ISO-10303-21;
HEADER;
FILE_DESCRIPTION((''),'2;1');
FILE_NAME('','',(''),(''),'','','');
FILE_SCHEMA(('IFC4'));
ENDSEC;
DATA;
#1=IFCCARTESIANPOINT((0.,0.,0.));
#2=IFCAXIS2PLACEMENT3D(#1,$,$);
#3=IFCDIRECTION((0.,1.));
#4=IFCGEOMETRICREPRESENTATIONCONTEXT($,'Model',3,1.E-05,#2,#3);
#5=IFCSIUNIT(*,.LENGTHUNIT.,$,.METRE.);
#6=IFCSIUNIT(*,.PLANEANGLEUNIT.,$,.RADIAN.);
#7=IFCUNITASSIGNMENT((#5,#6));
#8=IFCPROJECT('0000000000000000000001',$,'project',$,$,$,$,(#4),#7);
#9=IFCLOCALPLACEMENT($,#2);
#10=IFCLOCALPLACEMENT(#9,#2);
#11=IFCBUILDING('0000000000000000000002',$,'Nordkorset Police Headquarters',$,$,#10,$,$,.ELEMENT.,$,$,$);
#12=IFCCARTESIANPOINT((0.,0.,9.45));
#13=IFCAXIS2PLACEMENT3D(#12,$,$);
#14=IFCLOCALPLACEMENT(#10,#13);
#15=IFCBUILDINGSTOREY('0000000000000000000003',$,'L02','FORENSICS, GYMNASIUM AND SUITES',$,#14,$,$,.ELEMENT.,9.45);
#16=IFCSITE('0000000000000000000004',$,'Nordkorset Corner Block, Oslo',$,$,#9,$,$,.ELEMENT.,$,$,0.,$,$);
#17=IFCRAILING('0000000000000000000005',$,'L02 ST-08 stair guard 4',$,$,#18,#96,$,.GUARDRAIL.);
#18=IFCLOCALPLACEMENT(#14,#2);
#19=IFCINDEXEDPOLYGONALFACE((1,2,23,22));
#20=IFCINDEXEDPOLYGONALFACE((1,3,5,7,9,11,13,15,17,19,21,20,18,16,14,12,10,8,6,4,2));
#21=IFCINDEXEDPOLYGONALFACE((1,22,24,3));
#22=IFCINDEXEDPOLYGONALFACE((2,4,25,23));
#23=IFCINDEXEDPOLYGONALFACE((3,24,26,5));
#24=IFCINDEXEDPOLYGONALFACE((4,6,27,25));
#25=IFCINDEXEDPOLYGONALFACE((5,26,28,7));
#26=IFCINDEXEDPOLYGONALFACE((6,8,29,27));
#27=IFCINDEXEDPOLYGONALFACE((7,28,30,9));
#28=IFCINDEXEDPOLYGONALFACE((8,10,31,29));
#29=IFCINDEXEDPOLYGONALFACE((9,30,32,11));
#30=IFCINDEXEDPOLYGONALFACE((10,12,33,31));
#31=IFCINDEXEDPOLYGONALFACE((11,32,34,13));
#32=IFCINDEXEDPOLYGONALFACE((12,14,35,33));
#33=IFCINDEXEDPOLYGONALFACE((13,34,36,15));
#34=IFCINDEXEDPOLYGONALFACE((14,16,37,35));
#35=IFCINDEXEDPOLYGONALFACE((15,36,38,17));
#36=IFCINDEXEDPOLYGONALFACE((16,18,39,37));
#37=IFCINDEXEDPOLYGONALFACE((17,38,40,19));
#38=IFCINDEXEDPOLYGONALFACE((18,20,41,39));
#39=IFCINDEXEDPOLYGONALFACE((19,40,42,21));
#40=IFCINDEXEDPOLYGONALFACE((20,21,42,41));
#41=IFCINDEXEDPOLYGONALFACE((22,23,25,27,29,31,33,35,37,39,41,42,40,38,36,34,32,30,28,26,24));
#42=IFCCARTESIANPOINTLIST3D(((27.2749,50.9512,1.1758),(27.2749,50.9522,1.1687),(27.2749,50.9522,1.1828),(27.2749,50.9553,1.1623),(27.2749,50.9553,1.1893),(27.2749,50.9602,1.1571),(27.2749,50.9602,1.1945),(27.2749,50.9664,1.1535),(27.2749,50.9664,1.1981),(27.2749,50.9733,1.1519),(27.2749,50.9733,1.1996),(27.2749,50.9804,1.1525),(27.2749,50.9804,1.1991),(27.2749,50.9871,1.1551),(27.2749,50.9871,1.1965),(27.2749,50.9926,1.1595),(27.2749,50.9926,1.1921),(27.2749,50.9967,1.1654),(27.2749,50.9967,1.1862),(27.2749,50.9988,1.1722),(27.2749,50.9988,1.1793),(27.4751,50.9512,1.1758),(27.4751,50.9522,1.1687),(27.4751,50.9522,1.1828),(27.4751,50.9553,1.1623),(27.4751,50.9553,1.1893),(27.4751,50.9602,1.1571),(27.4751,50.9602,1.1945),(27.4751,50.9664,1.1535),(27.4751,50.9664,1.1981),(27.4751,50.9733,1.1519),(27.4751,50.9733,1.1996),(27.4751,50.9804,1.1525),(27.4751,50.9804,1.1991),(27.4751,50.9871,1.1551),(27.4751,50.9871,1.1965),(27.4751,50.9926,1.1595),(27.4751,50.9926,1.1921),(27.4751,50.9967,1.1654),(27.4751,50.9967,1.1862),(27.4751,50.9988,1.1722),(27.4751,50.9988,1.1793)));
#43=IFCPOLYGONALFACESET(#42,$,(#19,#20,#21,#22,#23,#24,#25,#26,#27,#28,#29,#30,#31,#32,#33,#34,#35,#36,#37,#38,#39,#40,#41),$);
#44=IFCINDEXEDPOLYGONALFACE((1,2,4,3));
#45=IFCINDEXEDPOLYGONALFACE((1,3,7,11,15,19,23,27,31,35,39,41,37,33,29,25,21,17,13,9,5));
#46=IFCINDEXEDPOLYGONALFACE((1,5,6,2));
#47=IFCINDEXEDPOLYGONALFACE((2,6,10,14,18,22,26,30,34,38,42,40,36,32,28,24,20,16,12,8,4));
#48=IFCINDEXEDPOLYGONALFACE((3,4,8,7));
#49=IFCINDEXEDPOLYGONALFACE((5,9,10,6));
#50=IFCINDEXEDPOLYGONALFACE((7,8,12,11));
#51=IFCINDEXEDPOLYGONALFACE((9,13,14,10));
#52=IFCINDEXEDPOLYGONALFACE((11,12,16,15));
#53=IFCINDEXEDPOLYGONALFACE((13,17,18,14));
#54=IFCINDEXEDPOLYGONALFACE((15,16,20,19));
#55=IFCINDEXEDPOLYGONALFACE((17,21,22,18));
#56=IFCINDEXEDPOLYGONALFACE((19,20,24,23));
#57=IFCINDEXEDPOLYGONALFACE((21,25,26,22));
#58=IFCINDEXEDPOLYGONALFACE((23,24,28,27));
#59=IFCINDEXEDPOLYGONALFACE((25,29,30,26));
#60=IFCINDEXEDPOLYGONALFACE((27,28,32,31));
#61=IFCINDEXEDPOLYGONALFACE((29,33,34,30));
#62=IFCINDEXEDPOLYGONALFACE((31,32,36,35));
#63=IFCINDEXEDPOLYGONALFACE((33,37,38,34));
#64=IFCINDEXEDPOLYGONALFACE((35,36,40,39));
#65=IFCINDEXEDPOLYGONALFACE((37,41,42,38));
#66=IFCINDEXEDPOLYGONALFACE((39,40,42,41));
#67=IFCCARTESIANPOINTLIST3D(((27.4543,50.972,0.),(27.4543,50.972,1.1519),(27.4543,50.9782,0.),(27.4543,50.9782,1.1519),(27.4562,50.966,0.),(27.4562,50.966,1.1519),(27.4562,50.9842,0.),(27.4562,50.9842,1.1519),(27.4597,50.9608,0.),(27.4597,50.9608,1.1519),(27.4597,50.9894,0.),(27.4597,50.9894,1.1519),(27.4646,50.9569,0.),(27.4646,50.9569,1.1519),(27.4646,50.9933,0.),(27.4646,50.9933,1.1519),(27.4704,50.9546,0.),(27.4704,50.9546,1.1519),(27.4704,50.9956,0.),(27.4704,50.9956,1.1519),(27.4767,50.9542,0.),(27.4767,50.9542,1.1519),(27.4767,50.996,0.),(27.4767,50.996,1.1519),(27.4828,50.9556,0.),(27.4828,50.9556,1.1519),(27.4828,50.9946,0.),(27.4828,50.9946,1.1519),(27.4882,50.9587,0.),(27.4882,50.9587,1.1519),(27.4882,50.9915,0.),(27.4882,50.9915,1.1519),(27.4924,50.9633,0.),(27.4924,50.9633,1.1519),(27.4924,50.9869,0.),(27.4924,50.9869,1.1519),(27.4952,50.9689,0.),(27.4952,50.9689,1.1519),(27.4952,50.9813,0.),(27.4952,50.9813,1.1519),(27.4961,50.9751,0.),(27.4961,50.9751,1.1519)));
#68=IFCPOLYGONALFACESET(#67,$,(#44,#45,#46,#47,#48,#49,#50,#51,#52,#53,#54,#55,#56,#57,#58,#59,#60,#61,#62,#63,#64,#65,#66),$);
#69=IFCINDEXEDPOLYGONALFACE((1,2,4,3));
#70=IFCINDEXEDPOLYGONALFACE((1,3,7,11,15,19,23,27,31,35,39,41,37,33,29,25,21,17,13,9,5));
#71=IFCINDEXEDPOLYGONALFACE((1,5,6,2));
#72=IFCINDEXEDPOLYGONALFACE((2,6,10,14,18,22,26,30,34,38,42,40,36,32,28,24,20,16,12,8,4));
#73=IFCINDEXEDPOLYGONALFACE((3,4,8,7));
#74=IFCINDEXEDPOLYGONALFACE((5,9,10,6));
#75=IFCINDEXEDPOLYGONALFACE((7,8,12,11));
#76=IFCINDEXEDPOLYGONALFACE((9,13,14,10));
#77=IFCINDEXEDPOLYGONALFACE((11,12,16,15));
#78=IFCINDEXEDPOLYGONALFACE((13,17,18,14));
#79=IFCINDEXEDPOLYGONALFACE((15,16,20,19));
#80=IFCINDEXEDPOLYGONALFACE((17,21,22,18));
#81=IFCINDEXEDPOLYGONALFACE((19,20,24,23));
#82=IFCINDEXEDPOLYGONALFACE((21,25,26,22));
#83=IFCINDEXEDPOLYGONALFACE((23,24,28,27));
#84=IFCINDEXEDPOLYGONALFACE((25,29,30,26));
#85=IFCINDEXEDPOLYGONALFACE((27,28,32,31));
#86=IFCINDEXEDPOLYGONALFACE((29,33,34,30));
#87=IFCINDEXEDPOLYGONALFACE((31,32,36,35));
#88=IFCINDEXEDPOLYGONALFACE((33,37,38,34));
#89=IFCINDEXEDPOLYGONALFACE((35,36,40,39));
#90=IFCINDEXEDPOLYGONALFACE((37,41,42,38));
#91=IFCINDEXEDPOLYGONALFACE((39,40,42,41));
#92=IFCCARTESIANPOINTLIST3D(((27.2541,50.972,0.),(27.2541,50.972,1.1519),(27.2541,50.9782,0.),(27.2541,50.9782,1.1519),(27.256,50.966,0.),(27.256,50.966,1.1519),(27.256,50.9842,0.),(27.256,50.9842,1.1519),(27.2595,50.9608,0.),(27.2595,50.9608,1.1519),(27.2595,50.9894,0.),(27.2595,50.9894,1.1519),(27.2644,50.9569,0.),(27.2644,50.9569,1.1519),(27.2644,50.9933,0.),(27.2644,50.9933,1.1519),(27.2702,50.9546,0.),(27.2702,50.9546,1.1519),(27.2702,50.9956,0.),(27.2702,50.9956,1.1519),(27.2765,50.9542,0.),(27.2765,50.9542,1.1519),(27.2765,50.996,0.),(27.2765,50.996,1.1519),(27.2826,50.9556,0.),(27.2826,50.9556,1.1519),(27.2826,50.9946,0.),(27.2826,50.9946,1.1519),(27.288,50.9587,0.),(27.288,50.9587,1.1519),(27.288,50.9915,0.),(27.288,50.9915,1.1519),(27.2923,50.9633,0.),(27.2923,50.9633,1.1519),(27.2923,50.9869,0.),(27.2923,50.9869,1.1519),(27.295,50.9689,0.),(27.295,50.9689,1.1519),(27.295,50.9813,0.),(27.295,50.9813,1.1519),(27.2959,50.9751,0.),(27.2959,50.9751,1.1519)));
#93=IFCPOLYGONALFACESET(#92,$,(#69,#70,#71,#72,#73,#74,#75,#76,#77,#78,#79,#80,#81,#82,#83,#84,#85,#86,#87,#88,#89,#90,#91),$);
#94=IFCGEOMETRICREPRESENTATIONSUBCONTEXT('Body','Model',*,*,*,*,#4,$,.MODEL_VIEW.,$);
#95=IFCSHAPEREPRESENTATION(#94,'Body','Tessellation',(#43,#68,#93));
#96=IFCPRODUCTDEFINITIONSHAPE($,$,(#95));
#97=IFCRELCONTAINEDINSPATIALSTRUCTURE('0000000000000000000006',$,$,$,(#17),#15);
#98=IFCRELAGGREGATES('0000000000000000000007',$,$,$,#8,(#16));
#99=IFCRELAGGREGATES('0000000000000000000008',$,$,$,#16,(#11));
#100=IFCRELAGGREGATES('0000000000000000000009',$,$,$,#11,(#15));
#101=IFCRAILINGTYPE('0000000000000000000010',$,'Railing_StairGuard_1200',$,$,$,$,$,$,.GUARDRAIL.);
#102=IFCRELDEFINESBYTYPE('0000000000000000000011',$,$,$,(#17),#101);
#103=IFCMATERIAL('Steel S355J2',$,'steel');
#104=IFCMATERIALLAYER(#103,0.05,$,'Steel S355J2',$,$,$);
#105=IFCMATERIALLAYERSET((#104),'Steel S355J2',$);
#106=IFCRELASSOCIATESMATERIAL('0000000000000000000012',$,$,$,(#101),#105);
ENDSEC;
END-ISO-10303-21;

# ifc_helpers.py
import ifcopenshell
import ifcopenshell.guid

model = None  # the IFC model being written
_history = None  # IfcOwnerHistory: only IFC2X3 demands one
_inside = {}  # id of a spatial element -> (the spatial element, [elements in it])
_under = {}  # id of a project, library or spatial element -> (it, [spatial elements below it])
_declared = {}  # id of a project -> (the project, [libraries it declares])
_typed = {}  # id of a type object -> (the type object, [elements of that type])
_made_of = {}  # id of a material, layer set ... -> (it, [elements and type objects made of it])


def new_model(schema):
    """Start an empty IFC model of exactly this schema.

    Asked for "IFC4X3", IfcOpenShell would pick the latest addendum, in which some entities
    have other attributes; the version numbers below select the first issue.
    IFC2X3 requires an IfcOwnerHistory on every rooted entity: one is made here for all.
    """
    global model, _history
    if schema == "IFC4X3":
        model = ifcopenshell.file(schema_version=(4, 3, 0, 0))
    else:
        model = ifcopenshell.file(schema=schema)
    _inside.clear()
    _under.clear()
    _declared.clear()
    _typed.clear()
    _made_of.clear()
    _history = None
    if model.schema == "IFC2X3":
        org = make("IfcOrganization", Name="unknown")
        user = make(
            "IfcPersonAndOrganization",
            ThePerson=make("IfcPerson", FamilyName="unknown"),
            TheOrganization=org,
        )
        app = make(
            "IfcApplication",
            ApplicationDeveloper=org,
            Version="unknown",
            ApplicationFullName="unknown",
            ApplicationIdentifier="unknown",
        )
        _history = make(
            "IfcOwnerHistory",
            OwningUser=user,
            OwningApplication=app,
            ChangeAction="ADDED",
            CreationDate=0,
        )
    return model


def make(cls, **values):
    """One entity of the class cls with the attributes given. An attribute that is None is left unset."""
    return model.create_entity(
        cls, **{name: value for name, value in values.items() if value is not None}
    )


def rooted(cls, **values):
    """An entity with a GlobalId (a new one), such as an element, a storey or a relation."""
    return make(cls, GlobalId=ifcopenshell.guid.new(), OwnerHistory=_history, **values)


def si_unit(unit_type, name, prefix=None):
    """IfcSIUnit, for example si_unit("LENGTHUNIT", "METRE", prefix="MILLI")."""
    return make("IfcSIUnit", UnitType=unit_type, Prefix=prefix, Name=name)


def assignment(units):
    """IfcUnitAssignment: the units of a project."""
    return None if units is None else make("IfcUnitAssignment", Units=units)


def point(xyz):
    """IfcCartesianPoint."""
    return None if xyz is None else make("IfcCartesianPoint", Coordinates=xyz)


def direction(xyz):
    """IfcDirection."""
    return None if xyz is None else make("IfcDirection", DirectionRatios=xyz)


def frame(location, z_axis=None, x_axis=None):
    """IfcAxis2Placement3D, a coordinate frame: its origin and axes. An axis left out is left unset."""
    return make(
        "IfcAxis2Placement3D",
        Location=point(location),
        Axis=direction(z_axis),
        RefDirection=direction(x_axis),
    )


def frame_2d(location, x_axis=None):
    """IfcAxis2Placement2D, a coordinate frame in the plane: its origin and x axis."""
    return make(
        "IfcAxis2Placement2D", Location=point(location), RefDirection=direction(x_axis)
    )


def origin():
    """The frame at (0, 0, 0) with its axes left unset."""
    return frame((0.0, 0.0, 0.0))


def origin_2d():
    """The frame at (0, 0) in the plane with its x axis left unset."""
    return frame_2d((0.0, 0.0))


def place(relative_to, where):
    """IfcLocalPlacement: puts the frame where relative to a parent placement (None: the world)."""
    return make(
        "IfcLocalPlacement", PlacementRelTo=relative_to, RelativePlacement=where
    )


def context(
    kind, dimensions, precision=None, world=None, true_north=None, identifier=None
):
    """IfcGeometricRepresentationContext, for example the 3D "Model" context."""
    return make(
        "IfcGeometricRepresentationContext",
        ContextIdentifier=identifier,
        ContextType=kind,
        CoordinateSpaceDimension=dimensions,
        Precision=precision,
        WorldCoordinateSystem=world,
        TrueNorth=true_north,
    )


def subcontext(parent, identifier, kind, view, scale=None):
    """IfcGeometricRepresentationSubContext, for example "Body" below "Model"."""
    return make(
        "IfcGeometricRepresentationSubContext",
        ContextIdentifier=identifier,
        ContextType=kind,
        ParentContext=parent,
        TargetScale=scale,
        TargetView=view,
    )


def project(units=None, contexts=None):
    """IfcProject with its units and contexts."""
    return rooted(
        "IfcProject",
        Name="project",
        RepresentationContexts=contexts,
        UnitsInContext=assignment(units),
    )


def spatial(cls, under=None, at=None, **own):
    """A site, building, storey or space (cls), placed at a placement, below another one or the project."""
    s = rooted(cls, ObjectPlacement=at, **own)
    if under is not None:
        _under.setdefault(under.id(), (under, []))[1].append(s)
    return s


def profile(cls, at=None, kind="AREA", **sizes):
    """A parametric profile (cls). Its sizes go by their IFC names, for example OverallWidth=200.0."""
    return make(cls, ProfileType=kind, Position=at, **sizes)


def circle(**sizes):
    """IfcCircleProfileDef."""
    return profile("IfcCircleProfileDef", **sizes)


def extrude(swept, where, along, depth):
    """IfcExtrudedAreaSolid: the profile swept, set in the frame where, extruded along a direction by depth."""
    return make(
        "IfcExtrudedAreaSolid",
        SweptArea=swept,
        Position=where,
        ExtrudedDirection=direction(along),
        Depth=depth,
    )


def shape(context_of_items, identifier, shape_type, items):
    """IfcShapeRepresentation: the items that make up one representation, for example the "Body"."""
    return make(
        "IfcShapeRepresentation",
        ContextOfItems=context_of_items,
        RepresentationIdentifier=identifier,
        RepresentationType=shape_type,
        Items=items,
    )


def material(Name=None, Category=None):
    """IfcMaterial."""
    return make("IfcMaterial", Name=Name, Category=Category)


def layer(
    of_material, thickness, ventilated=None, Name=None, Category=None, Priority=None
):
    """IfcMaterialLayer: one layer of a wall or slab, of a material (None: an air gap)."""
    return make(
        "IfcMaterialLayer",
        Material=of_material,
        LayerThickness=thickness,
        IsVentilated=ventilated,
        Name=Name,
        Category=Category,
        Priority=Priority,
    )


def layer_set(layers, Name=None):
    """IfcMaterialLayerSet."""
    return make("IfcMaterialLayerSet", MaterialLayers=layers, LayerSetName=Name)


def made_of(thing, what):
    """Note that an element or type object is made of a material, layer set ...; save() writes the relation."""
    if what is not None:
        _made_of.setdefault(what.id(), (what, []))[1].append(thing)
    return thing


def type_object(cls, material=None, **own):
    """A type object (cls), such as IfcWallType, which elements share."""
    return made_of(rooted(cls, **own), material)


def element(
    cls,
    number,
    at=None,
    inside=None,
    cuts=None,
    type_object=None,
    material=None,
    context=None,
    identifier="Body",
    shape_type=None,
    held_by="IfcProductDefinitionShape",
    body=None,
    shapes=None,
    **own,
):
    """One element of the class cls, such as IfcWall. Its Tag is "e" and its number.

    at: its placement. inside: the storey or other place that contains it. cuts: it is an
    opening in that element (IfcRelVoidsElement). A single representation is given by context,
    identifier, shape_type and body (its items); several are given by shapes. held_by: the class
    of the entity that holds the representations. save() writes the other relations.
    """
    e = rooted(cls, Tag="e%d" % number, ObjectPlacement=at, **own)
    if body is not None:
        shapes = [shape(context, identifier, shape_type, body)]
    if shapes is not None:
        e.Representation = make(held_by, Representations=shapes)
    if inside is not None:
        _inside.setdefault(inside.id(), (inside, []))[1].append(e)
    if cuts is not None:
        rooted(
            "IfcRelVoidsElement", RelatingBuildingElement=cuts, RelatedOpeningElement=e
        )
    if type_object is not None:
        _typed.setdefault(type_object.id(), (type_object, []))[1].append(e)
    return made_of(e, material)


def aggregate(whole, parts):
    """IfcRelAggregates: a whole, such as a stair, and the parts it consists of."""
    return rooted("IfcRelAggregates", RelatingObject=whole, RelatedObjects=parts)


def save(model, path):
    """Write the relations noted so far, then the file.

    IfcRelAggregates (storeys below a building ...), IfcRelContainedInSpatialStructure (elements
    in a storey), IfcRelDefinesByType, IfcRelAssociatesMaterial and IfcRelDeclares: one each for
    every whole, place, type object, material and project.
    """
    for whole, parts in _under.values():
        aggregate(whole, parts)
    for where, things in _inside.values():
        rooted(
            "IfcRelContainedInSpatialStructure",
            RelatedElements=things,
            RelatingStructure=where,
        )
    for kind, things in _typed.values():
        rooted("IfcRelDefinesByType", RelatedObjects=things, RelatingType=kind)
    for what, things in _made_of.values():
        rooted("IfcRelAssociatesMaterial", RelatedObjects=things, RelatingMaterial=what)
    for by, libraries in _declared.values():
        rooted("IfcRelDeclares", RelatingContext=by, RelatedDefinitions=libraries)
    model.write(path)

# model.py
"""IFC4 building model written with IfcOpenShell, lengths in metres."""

from ifc_helpers import new_model, si_unit, direction, frame, origin, origin_2d, place, context, subcontext, project, spatial, circle, extrude, material, layer, layer_set, type_object, element, save


model = new_model("IFC4")

# Units and contexts
model_context = context("Model", 3, precision=1e-05, world=origin(), true_north=direction((0.0, 1.0)))
body_context = subcontext(model_context, "Body", "Model", "MODEL_VIEW")
ifc_project = project(units=[si_unit("LENGTHUNIT", "METRE"), si_unit("PLANEANGLEUNIT", "RADIAN")], contexts=[model_context])

# Site, building, storey
site_placement = place(None, origin())
site = spatial("IfcSite", under=ifc_project, at=site_placement, Name="Nordkorset Corner Block, Oslo", CompositionType="ELEMENT", RefElevation=0.0)
building_placement = place(site_placement, origin())
building = spatial("IfcBuilding", under=site, at=building_placement, Name="Nordkorset Police Headquarters", CompositionType="ELEMENT")
storey_placement = place(building_placement, frame((0.0, 0.0, 9.45)))
storey = spatial("IfcBuildingStorey", under=building, at=storey_placement, Name="L02", Description="FORENSICS, GYMNASIUM AND SUITES", CompositionType="ELEMENT", Elevation=9.45)

# Railing
ifc_material_1 = material(Name="Steel S355J2", Category="steel")
ifc_layer_1 = layer(ifc_material_1, 0.05, Name="Steel S355J2")
ifc_layer_set_1 = layer_set([ifc_layer_1], Name="Steel S355J2")
railing_type_1 = type_object("IfcRailingType", Name="Railing_StairGuard_1200", PredefinedType="GUARDRAIL", material=ifc_layer_set_1)
railing_1_placement = place(storey_placement, frame((27.4751, 50.9751, 0.0)))
element("IfcRailing", 1, at=railing_1_placement, inside=storey, type_object=railing_type_1, Name="L02 ST-08 stair guard 4", PredefinedType="GUARDRAIL", context=body_context, shape_type="SweptSolid", body=[
    extrude(circle(Radius=0.0239, at=origin_2d()), frame((0.0, 0.0, 1.1758), z_axis=(-1.0, 0.0, 0.0), x_axis=(0.0, -1.0, 0.0)), (0.0, 0.0, 1.0), 0.2002),
    extrude(circle(Radius=0.021, at=origin_2d()), origin(), (0.0, 0.0, 1.0), 1.1519),
    extrude(circle(Radius=0.021, at=origin_2d()), frame((-0.2002, 0.0, 0.0)), (0.0, 0.0, 1.0), 1.1519),
])

save(model, "model.ifc")
